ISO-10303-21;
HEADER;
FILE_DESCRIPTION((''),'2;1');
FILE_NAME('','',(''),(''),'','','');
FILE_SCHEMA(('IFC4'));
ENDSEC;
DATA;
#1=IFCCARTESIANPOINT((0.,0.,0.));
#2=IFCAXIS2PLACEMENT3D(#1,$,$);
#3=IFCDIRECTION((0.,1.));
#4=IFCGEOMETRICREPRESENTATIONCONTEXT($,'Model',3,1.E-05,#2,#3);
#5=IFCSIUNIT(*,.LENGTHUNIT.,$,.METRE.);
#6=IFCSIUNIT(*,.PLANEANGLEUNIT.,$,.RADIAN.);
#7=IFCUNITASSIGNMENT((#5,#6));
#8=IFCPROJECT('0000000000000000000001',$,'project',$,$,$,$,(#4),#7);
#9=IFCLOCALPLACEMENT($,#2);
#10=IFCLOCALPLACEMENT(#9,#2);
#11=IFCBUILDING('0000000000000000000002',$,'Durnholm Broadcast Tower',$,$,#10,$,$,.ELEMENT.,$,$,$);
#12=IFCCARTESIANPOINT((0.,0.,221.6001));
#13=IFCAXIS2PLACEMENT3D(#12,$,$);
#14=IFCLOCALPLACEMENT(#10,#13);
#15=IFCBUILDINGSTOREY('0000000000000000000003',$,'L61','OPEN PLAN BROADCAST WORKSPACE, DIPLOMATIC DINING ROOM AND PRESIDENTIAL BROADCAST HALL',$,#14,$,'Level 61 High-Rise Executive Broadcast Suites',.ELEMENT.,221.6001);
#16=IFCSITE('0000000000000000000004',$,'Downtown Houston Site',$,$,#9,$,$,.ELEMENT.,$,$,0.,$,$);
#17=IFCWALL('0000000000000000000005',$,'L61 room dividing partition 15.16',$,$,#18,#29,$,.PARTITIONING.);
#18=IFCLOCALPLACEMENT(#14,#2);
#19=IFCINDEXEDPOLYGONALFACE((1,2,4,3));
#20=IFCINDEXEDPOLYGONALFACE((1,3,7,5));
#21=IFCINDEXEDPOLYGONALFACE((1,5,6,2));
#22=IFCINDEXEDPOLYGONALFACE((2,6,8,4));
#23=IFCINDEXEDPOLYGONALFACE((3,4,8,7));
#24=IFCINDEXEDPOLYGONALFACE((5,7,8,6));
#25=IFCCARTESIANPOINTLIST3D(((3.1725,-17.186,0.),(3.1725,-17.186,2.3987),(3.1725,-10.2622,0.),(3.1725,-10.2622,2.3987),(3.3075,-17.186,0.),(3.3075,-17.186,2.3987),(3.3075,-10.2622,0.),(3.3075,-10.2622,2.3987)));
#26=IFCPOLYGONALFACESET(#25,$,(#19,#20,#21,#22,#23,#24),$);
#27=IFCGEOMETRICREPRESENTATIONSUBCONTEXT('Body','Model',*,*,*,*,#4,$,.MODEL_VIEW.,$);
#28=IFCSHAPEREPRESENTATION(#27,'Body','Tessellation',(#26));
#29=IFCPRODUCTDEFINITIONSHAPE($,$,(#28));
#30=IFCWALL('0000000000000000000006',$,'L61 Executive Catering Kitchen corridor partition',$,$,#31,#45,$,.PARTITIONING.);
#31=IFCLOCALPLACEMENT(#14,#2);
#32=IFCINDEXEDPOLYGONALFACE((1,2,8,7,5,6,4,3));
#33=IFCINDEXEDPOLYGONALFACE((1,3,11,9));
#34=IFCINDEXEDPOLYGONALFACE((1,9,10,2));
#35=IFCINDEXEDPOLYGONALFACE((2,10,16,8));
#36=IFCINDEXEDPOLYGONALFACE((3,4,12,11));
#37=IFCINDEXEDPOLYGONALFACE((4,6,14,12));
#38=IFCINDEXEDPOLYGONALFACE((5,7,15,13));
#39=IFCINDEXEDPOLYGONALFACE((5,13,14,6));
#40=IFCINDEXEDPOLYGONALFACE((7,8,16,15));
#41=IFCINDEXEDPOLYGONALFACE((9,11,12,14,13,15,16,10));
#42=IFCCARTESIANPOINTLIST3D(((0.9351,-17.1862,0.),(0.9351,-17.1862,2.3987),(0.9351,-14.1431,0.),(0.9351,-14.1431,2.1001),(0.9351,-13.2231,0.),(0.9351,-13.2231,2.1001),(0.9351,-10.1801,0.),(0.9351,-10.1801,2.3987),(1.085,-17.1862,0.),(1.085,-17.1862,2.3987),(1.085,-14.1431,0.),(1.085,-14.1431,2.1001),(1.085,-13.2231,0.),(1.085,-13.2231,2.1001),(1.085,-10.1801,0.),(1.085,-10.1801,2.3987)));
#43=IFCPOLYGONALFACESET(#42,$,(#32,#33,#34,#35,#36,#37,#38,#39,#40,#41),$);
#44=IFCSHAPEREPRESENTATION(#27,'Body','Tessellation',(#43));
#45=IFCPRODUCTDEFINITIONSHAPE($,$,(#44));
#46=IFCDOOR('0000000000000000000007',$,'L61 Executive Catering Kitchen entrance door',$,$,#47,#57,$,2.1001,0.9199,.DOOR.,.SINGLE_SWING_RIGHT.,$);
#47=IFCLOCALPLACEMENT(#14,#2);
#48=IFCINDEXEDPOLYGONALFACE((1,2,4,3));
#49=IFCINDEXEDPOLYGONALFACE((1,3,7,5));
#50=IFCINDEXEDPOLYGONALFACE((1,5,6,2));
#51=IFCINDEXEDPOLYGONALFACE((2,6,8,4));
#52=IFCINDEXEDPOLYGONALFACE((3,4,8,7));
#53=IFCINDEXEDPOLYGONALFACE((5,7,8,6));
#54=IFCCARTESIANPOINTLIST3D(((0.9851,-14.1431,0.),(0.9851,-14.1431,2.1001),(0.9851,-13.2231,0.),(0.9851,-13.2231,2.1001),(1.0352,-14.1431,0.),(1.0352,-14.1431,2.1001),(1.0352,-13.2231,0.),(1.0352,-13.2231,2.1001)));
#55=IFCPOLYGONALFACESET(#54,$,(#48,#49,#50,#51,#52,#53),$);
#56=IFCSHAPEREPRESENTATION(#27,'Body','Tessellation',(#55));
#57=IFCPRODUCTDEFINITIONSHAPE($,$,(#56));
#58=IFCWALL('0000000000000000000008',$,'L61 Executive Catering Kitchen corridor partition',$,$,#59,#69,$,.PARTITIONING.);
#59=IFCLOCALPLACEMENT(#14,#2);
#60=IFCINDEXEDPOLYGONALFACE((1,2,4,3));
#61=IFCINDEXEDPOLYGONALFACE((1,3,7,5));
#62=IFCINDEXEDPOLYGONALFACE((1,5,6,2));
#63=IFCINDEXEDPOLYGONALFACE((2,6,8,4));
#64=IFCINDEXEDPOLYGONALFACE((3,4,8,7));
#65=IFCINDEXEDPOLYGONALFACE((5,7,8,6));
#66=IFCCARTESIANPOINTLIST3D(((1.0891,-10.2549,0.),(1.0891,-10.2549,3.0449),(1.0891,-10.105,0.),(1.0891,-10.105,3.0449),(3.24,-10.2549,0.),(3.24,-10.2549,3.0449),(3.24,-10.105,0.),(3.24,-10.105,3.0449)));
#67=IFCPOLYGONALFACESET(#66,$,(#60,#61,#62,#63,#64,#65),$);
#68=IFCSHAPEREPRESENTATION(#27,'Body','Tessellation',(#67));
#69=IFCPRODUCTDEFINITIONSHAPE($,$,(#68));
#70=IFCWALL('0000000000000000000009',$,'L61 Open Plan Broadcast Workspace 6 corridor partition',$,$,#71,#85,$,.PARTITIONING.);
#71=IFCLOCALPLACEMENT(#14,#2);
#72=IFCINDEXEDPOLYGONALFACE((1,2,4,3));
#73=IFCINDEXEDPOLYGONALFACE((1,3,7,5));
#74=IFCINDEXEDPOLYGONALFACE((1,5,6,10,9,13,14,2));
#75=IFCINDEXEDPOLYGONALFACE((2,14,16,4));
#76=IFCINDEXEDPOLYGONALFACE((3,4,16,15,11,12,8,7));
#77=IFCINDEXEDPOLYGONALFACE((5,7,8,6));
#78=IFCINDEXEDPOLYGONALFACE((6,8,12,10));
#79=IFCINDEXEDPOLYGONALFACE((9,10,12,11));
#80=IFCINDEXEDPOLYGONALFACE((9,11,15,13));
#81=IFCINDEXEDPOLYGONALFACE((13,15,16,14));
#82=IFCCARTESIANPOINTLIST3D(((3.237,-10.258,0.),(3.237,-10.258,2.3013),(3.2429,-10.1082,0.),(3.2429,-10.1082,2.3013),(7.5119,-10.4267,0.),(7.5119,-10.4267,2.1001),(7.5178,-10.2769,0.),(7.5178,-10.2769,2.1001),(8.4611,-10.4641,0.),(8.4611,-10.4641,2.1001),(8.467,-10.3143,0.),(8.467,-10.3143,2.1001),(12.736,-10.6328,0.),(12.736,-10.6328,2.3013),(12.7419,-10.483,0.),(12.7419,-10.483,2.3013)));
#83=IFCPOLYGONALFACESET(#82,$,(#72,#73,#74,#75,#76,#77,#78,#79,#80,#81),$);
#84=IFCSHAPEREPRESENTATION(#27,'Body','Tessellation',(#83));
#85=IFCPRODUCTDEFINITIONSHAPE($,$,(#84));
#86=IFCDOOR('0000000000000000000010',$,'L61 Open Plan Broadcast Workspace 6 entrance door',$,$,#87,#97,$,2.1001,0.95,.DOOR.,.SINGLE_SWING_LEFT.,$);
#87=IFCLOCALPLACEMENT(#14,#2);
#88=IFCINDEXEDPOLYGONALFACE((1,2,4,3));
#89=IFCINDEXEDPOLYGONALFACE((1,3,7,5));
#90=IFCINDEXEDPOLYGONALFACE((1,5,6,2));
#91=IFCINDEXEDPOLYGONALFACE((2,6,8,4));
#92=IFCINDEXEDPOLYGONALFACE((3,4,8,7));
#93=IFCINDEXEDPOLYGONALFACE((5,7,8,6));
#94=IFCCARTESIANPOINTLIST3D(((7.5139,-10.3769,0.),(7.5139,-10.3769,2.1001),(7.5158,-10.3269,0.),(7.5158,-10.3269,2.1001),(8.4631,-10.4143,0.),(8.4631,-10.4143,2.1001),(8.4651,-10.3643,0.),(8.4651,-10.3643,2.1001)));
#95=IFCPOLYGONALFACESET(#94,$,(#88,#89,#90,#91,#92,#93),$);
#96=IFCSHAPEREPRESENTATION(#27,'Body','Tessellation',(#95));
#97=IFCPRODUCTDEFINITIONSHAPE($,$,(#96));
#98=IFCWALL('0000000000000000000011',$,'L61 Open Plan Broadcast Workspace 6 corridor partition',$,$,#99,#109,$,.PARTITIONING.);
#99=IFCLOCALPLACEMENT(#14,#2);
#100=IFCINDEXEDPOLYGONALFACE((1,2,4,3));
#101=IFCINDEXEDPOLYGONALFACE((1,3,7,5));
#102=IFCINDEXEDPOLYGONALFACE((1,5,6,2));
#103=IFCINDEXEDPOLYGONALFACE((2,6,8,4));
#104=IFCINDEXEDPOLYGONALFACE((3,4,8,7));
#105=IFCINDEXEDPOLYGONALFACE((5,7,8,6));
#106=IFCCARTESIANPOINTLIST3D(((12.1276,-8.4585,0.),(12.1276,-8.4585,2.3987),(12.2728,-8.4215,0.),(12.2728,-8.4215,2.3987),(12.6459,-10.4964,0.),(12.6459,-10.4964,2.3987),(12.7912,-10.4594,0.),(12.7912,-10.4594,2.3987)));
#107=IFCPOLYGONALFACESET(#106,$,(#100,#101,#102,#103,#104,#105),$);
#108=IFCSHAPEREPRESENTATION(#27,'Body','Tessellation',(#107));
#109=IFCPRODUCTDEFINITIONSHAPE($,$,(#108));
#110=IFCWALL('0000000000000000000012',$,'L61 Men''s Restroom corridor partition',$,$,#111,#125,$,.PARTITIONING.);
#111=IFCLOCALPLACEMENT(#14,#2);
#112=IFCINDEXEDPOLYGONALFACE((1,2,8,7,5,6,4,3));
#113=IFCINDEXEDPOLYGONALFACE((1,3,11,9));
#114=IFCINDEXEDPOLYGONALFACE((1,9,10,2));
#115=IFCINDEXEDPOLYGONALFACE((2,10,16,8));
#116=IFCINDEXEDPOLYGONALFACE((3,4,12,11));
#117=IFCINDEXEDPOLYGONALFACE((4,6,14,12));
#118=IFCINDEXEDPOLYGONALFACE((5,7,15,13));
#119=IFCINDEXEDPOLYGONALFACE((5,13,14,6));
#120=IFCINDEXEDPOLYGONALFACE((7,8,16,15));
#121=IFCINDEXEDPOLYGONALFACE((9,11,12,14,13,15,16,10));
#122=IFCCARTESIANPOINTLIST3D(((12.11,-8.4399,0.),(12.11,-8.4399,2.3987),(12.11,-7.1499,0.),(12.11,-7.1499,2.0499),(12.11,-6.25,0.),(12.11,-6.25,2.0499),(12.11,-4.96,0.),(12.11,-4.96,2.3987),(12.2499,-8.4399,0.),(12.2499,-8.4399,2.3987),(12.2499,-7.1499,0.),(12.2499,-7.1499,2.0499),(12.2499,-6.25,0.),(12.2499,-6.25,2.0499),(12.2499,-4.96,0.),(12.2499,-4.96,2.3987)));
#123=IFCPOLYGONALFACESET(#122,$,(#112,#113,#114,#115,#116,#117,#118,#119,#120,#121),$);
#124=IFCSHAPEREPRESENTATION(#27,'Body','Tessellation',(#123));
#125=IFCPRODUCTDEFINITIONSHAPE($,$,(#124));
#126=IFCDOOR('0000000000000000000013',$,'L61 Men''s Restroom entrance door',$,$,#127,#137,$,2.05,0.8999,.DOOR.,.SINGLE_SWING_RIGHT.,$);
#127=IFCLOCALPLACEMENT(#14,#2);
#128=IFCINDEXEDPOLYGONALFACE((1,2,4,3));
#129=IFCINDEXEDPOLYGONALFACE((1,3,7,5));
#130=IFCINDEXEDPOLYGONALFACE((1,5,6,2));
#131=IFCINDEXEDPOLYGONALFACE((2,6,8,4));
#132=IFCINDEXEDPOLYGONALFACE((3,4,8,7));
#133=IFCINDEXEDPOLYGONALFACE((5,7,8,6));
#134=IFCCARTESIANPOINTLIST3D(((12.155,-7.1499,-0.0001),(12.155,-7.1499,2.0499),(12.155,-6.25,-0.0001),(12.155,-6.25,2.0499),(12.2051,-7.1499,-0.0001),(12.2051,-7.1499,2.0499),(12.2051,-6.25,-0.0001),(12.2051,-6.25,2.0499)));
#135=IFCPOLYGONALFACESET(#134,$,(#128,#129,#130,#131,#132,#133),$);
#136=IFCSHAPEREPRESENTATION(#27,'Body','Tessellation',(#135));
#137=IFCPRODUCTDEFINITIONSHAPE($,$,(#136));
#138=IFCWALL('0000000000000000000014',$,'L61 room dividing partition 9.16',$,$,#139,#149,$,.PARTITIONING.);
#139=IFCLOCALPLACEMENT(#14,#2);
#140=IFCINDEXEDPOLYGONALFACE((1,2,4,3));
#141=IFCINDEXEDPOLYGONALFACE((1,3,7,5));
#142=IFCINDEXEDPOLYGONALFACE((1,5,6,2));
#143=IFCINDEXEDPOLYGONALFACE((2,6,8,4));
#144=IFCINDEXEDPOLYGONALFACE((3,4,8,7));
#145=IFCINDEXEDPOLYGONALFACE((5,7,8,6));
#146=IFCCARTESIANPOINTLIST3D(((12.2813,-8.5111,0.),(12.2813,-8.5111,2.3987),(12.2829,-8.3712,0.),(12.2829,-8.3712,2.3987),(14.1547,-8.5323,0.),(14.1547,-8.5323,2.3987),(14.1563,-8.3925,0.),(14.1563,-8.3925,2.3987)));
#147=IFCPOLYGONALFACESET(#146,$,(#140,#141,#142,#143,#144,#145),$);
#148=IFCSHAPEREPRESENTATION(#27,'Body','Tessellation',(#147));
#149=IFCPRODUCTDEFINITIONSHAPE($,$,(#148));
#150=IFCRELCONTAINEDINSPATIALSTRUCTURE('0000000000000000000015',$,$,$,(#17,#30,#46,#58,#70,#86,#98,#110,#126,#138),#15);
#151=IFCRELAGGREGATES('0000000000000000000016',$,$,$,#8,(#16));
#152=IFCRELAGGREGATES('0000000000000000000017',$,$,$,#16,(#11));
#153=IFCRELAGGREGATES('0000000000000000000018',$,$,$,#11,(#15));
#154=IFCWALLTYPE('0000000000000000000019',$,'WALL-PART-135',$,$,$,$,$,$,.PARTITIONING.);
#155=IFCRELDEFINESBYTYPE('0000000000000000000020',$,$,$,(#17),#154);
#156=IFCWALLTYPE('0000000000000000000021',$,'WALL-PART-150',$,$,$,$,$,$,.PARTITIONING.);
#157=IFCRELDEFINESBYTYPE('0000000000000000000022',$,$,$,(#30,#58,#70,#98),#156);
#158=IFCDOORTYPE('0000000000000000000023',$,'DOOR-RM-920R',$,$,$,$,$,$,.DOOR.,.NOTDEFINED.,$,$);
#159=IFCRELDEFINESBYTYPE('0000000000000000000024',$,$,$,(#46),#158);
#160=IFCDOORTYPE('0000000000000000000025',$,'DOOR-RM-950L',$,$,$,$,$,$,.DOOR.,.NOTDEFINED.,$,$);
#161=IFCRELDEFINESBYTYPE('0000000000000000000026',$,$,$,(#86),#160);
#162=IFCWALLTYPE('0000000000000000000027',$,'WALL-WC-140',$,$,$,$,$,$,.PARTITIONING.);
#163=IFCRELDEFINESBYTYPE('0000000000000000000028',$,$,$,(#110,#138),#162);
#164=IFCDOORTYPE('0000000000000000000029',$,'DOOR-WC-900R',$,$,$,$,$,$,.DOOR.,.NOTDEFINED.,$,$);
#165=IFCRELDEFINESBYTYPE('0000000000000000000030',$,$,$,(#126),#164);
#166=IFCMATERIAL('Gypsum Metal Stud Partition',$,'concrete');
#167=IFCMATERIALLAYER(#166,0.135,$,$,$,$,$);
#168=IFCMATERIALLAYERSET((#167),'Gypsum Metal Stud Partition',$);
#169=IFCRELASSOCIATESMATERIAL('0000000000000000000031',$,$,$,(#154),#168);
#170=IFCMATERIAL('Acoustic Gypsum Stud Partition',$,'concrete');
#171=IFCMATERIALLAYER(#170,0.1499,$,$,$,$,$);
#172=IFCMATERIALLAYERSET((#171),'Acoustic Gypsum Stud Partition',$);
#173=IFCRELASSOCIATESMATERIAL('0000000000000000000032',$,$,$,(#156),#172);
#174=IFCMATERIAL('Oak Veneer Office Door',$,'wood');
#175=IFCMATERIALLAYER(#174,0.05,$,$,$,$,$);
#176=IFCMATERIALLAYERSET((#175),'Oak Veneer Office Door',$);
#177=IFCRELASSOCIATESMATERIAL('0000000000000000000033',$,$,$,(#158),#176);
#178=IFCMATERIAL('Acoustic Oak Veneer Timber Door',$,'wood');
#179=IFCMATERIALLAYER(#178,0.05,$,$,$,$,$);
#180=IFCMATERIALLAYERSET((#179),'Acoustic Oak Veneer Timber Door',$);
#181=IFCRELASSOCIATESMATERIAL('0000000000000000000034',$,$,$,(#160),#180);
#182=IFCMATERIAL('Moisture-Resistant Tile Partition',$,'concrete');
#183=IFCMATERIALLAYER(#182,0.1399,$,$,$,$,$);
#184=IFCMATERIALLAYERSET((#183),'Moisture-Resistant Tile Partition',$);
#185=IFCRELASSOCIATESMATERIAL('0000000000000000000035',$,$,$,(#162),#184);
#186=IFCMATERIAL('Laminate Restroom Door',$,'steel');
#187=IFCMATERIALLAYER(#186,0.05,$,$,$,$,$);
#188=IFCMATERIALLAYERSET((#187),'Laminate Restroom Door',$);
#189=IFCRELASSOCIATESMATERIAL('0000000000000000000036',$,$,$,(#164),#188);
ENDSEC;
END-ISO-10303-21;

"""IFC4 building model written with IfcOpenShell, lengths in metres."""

from ifc_helpers import new_model, si_unit, direction, frame, frame_2d, origin, place, context, subcontext, project, spatial, rectangle, extrude, source, transform, mapped, material, layer, layer_set, type_object, type_shapes, element, fill, save


model = new_model("IFC4")

# Units and contexts
model_context = context("Model", 3, precision=1e-05, world=origin(), true_north=direction((0.0, 1.0)))
body_context = subcontext(model_context, "Body", "Model", "MODEL_VIEW")
ifc_project = project(units=[si_unit("LENGTHUNIT", "METRE"), si_unit("PLANEANGLEUNIT", "RADIAN")], contexts=[model_context])

# Site, building, storey
site_placement = place(None, origin())
site = spatial("IfcSite", under=ifc_project, at=site_placement, Name="Downtown Houston Site", CompositionType="ELEMENT", RefElevation=0.0)
building_placement = place(site_placement, origin())
building = spatial("IfcBuilding", under=site, at=building_placement, Name="Durnholm Broadcast Tower", CompositionType="ELEMENT")
storey_placement = place(building_placement, frame((0.0, 0.0, 221.6001)))
storey = spatial("IfcBuildingStorey", under=building, at=storey_placement, Name="L61", Description="OPEN PLAN BROADCAST WORKSPACE, DIPLOMATIC DINING ROOM AND PRESIDENTIAL BROADCAST HALL", LongName="Level 61 High-Rise Executive Broadcast Suites", CompositionType="ELEMENT", Elevation=221.6001)

# Wall
ifc_material_1 = material(Name="Gypsum Metal Stud Partition", Category="concrete")
ifc_layer_1 = layer(ifc_material_1, 0.135)
ifc_layer_set_1 = layer_set([ifc_layer_1], Name="Gypsum Metal Stud Partition")
wall_type_1 = type_object("IfcWallType", Name="WALL-PART-135", PredefinedType="PARTITIONING", material=ifc_layer_set_1)
wall_1_placement = place(storey_placement, frame((3.24, -10.2622, 0.0), z_axis=(0.0, 0.0, 1.0), x_axis=(0.0, -1.0, 0.0)))
element("IfcWall", 1, at=wall_1_placement, inside=storey, type_object=wall_type_1, Name="L61 room dividing partition 15.16", PredefinedType="PARTITIONING", context=body_context, shape_type="SweptSolid", body=[
    extrude(rectangle(XDim=6.9238, YDim=0.135, at=frame_2d((3.4619, 0.0))), origin(), (0.0, 0.0, 1.0), 2.3987),
])

# Wall, opening, door
ifc_material_2 = material(Name="Acoustic Gypsum Stud Partition", Category="concrete")
ifc_layer_2 = layer(ifc_material_2, 0.1499)
ifc_layer_set_2 = layer_set([ifc_layer_2], Name="Acoustic Gypsum Stud Partition")
wall_type_2 = type_object("IfcWallType", Name="WALL-PART-150", PredefinedType="PARTITIONING", material=ifc_layer_set_2)
wall_2_placement = place(storey_placement, frame((1.01, -17.186, 0.0), z_axis=(0.0, 0.0, 1.0), x_axis=(0.0, 1.0, 0.0)))
wall_2 = element("IfcWall", 2, at=wall_2_placement, inside=storey, type_object=wall_type_2, Name="L61 Executive Catering Kitchen corridor partition", PredefinedType="PARTITIONING", context=body_context, shape_type="SweptSolid", body=[
    extrude(rectangle(XDim=7.0061, YDim=0.1499, at=frame_2d((3.5029, 0.0))), origin(), (0.0, 0.0, 1.0), 2.3987),
])
opening_1_placement = place(wall_2_placement, frame((3.043, 0.0, 0.0)))
opening_1 = element("IfcOpeningElement", 3, at=opening_1_placement, cuts=wall_2, PredefinedType="OPENING", context=body_context, shape_type="SweptSolid", body=[
    extrude(rectangle(XDim=0.9199, YDim=2.1001, at=frame_2d((0.46, 1.05))), frame((0.0, 0.085, 0.0), z_axis=(0.0, -1.0, 0.0), x_axis=(1.0, 0.0, 0.0)), (0.0, 0.0, 1.0), 0.1699),
])
ifc_material_3 = material(Name="Oak Veneer Office Door", Category="wood")
ifc_layer_3 = layer(ifc_material_3, 0.05)
ifc_layer_set_3 = layer_set([ifc_layer_3], Name="Oak Veneer Office Door")
door_type_1 = type_object("IfcDoorType", Name="DOOR-RM-920R", OperationType="NOTDEFINED", PredefinedType="DOOR", material=ifc_layer_set_3)
shared_shape_1 = source(origin(), body_context, "Body", "SweptSolid", [
    extrude(rectangle(XDim=0.9199, YDim=2.1001, at=frame_2d((0.46, 1.05))), frame((0.0, 0.0249, 0.0), z_axis=(0.0, -1.0, 0.0), x_axis=(1.0, 0.0, 0.0)), (0.0, 0.0, 1.0), 0.05),
])
type_shapes(door_type_1, [shared_shape_1])
door_1_placement = place(opening_1_placement, origin())
door_1 = element("IfcDoor", 4, at=door_1_placement, inside=storey, type_object=door_type_1, Name="L61 Executive Catering Kitchen entrance door", OperationType="SINGLE_SWING_RIGHT", OverallHeight=2.1001, OverallWidth=0.9199, PredefinedType="DOOR", context=body_context, shape_type="MappedRepresentation", body=[
    mapped(shared_shape_1, transform((0.0, 0.0, 0.0), x_axis=(1.0, 0.0, 0.0), y_axis=(0.0, 1.0, 0.0), z_axis=(0.0, 0.0, 1.0), scale=1.0)),
])
fill(opening_1, door_1)

# Wall
wall_3_placement = place(storey_placement, frame((1.0891, -10.1799, 0.0), z_axis=(0.0, 0.0, 1.0), x_axis=(1.0, 0.0, 0.0)))
element("IfcWall", 5, at=wall_3_placement, inside=storey, type_object=wall_type_2, Name="L61 Executive Catering Kitchen corridor partition", PredefinedType="PARTITIONING", context=body_context, shape_type="SweptSolid", body=[
    extrude(rectangle(XDim=2.1509, YDim=0.1499, at=frame_2d((1.0754, 0.0))), origin(), (0.0, 0.0, 1.0), 3.0449),
])

# Wall, opening, door
wall_4_placement = place(storey_placement, frame((3.24, -10.1831, 0.0), z_axis=(0.0, 0.0, 1.0), x_axis=(0.999223, -0.039421, 0.0)))
wall_4 = element("IfcWall", 6, at=wall_4_placement, inside=storey, type_object=wall_type_2, Name="L61 Open Plan Broadcast Workspace 6 corridor partition", PredefinedType="PARTITIONING", context=body_context, shape_type="SweptSolid", body=[
    extrude(rectangle(XDim=9.5063, YDim=0.1499, at=frame_2d((4.7532, 0.0))), origin(), (0.0, 0.0, 1.0), 2.3013),
])
opening_2_placement = place(wall_4_placement, frame((4.2781, 0.0, 0.0)))
opening_2 = element("IfcOpeningElement", 7, at=opening_2_placement, cuts=wall_4, PredefinedType="OPENING", context=body_context, shape_type="SweptSolid", body=[
    extrude(rectangle(XDim=0.95, YDim=2.1001, at=frame_2d((0.4751, 1.05))), frame((0.0, 0.085, 0.0), z_axis=(0.0, -1.0, 0.0), x_axis=(1.0, 0.0, 0.0)), (0.0, 0.0, 1.0), 0.1699),
])
ifc_material_4 = material(Name="Acoustic Oak Veneer Timber Door", Category="wood")
ifc_layer_4 = layer(ifc_material_4, 0.05)
ifc_layer_set_4 = layer_set([ifc_layer_4], Name="Acoustic Oak Veneer Timber Door")
door_type_2 = type_object("IfcDoorType", Name="DOOR-RM-950L", OperationType="NOTDEFINED", PredefinedType="DOOR", material=ifc_layer_set_4)
shared_shape_2 = source(origin(), body_context, "Body", "SweptSolid", [
    extrude(rectangle(XDim=0.95, YDim=2.1001, at=frame_2d((0.4751, 1.05))), frame((0.0, 0.0249, 0.0), z_axis=(0.0, -1.0, 0.0), x_axis=(1.0, 0.0, 0.0)), (0.0, 0.0, 1.0), 0.05),
])
type_shapes(door_type_2, [shared_shape_2])
door_2_placement = place(opening_2_placement, origin())
door_2 = element("IfcDoor", 8, at=door_2_placement, inside=storey, type_object=door_type_2, Name="L61 Open Plan Broadcast Workspace 6 entrance door", OperationType="SINGLE_SWING_LEFT", OverallHeight=2.1001, OverallWidth=0.95, PredefinedType="DOOR", context=body_context, shape_type="MappedRepresentation", body=[
    mapped(shared_shape_2, transform((0.0, 0.0, 0.0), x_axis=(1.0, 0.0, 0.0), y_axis=(0.0, 1.0, 0.0), z_axis=(0.0, 0.0, 1.0), scale=1.0)),
])
fill(opening_2, door_2)

# Wall
wall_5_placement = place(storey_placement, frame((12.7185, -10.4778, 0.0), z_axis=(0.0, 0.0, 1.0), x_axis=(-0.246495, 0.969144, 0.0)))
element("IfcWall", 9, at=wall_5_placement, inside=storey, type_object=wall_type_2, Name="L61 Open Plan Broadcast Workspace 6 corridor partition", PredefinedType="PARTITIONING", context=body_context, shape_type="SweptSolid", body=[
    extrude(rectangle(XDim=2.1028, YDim=0.1499, at=frame_2d((1.0513, 0.0))), origin(), (0.0, 0.0, 1.0), 2.3987),
])

# Wall, opening, door
ifc_material_5 = material(Name="Moisture-Resistant Tile Partition", Category="concrete")
ifc_layer_5 = layer(ifc_material_5, 0.1399)
ifc_layer_set_5 = layer_set([ifc_layer_5], Name="Moisture-Resistant Tile Partition")
wall_type_3 = type_object("IfcWallType", Name="WALL-WC-140", PredefinedType="PARTITIONING", material=ifc_layer_set_5)
wall_6_placement = place(storey_placement, frame((12.1799, -8.4399, 0.0), z_axis=(0.0, 0.0, 1.0), x_axis=(0.0, 1.0, 0.0)))
wall_6 = element("IfcWall", 10, at=wall_6_placement, inside=storey, type_object=wall_type_3, Name="L61 Men's Restroom corridor partition", PredefinedType="PARTITIONING", context=body_context, shape_type="SweptSolid", body=[
    extrude(rectangle(XDim=3.48, YDim=0.1399, at=frame_2d((1.74, 0.0))), origin(), (0.0, 0.0, 1.0), 2.3987),
])
opening_3_placement = place(wall_6_placement, frame((1.29, 0.0, 0.0)))
opening_3 = element("IfcOpeningElement", 11, at=opening_3_placement, cuts=wall_6, PredefinedType="OPENING", context=body_context, shape_type="SweptSolid", body=[
    extrude(rectangle(XDim=0.8999, YDim=2.05, at=frame_2d((0.45, 1.0249))), frame((0.0, 0.0801, 0.0), z_axis=(0.0, -1.0, 0.0), x_axis=(1.0, 0.0, 0.0)), (0.0, 0.0, 1.0), 0.1599),
])
ifc_material_6 = material(Name="Laminate Restroom Door", Category="steel")
ifc_layer_6 = layer(ifc_material_6, 0.05)
ifc_layer_set_6 = layer_set([ifc_layer_6], Name="Laminate Restroom Door")
door_type_3 = type_object("IfcDoorType", Name="DOOR-WC-900R", OperationType="NOTDEFINED", PredefinedType="DOOR", material=ifc_layer_set_6)
shared_shape_3 = source(origin(), body_context, "Body", "SweptSolid", [
    extrude(rectangle(XDim=0.8999, YDim=2.05, at=frame_2d((0.45, 1.0249))), frame((0.0, 0.0249, 0.0), z_axis=(0.0, -1.0, 0.0), x_axis=(1.0, 0.0, 0.0)), (0.0, 0.0, 1.0), 0.05),
])
type_shapes(door_type_3, [shared_shape_3])
door_3_placement = place(opening_3_placement, origin())
door_3 = element("IfcDoor", 12, at=door_3_placement, inside=storey, type_object=door_type_3, Name="L61 Men's Restroom entrance door", OperationType="SINGLE_SWING_RIGHT", OverallHeight=2.05, OverallWidth=0.8999, PredefinedType="DOOR", context=body_context, shape_type="MappedRepresentation", body=[
    mapped(shared_shape_3, transform((0.0, 0.0, 0.0), x_axis=(1.0, 0.0, 0.0), y_axis=(0.0, 1.0, 0.0), z_axis=(0.0, 0.0, 1.0), scale=1.0)),
])
fill(opening_3, door_3)

# Wall
wall_7_placement = place(storey_placement, frame((14.1555, -8.4624, 0.0), z_axis=(0.0, 0.0, 1.0), x_axis=(-0.999936, 0.011336, 0.0)))
element("IfcWall", 13, at=wall_7_placement, inside=storey, type_object=wall_type_3, Name="L61 room dividing partition 9.16", PredefinedType="PARTITIONING", context=body_context, shape_type="SweptSolid", body=[
    extrude(rectangle(XDim=1.8735, YDim=0.1399, at=frame_2d((0.9368, 0.0))), origin(), (0.0, 0.0, 1.0), 2.3987),
])

save(model, "model.ifc")
